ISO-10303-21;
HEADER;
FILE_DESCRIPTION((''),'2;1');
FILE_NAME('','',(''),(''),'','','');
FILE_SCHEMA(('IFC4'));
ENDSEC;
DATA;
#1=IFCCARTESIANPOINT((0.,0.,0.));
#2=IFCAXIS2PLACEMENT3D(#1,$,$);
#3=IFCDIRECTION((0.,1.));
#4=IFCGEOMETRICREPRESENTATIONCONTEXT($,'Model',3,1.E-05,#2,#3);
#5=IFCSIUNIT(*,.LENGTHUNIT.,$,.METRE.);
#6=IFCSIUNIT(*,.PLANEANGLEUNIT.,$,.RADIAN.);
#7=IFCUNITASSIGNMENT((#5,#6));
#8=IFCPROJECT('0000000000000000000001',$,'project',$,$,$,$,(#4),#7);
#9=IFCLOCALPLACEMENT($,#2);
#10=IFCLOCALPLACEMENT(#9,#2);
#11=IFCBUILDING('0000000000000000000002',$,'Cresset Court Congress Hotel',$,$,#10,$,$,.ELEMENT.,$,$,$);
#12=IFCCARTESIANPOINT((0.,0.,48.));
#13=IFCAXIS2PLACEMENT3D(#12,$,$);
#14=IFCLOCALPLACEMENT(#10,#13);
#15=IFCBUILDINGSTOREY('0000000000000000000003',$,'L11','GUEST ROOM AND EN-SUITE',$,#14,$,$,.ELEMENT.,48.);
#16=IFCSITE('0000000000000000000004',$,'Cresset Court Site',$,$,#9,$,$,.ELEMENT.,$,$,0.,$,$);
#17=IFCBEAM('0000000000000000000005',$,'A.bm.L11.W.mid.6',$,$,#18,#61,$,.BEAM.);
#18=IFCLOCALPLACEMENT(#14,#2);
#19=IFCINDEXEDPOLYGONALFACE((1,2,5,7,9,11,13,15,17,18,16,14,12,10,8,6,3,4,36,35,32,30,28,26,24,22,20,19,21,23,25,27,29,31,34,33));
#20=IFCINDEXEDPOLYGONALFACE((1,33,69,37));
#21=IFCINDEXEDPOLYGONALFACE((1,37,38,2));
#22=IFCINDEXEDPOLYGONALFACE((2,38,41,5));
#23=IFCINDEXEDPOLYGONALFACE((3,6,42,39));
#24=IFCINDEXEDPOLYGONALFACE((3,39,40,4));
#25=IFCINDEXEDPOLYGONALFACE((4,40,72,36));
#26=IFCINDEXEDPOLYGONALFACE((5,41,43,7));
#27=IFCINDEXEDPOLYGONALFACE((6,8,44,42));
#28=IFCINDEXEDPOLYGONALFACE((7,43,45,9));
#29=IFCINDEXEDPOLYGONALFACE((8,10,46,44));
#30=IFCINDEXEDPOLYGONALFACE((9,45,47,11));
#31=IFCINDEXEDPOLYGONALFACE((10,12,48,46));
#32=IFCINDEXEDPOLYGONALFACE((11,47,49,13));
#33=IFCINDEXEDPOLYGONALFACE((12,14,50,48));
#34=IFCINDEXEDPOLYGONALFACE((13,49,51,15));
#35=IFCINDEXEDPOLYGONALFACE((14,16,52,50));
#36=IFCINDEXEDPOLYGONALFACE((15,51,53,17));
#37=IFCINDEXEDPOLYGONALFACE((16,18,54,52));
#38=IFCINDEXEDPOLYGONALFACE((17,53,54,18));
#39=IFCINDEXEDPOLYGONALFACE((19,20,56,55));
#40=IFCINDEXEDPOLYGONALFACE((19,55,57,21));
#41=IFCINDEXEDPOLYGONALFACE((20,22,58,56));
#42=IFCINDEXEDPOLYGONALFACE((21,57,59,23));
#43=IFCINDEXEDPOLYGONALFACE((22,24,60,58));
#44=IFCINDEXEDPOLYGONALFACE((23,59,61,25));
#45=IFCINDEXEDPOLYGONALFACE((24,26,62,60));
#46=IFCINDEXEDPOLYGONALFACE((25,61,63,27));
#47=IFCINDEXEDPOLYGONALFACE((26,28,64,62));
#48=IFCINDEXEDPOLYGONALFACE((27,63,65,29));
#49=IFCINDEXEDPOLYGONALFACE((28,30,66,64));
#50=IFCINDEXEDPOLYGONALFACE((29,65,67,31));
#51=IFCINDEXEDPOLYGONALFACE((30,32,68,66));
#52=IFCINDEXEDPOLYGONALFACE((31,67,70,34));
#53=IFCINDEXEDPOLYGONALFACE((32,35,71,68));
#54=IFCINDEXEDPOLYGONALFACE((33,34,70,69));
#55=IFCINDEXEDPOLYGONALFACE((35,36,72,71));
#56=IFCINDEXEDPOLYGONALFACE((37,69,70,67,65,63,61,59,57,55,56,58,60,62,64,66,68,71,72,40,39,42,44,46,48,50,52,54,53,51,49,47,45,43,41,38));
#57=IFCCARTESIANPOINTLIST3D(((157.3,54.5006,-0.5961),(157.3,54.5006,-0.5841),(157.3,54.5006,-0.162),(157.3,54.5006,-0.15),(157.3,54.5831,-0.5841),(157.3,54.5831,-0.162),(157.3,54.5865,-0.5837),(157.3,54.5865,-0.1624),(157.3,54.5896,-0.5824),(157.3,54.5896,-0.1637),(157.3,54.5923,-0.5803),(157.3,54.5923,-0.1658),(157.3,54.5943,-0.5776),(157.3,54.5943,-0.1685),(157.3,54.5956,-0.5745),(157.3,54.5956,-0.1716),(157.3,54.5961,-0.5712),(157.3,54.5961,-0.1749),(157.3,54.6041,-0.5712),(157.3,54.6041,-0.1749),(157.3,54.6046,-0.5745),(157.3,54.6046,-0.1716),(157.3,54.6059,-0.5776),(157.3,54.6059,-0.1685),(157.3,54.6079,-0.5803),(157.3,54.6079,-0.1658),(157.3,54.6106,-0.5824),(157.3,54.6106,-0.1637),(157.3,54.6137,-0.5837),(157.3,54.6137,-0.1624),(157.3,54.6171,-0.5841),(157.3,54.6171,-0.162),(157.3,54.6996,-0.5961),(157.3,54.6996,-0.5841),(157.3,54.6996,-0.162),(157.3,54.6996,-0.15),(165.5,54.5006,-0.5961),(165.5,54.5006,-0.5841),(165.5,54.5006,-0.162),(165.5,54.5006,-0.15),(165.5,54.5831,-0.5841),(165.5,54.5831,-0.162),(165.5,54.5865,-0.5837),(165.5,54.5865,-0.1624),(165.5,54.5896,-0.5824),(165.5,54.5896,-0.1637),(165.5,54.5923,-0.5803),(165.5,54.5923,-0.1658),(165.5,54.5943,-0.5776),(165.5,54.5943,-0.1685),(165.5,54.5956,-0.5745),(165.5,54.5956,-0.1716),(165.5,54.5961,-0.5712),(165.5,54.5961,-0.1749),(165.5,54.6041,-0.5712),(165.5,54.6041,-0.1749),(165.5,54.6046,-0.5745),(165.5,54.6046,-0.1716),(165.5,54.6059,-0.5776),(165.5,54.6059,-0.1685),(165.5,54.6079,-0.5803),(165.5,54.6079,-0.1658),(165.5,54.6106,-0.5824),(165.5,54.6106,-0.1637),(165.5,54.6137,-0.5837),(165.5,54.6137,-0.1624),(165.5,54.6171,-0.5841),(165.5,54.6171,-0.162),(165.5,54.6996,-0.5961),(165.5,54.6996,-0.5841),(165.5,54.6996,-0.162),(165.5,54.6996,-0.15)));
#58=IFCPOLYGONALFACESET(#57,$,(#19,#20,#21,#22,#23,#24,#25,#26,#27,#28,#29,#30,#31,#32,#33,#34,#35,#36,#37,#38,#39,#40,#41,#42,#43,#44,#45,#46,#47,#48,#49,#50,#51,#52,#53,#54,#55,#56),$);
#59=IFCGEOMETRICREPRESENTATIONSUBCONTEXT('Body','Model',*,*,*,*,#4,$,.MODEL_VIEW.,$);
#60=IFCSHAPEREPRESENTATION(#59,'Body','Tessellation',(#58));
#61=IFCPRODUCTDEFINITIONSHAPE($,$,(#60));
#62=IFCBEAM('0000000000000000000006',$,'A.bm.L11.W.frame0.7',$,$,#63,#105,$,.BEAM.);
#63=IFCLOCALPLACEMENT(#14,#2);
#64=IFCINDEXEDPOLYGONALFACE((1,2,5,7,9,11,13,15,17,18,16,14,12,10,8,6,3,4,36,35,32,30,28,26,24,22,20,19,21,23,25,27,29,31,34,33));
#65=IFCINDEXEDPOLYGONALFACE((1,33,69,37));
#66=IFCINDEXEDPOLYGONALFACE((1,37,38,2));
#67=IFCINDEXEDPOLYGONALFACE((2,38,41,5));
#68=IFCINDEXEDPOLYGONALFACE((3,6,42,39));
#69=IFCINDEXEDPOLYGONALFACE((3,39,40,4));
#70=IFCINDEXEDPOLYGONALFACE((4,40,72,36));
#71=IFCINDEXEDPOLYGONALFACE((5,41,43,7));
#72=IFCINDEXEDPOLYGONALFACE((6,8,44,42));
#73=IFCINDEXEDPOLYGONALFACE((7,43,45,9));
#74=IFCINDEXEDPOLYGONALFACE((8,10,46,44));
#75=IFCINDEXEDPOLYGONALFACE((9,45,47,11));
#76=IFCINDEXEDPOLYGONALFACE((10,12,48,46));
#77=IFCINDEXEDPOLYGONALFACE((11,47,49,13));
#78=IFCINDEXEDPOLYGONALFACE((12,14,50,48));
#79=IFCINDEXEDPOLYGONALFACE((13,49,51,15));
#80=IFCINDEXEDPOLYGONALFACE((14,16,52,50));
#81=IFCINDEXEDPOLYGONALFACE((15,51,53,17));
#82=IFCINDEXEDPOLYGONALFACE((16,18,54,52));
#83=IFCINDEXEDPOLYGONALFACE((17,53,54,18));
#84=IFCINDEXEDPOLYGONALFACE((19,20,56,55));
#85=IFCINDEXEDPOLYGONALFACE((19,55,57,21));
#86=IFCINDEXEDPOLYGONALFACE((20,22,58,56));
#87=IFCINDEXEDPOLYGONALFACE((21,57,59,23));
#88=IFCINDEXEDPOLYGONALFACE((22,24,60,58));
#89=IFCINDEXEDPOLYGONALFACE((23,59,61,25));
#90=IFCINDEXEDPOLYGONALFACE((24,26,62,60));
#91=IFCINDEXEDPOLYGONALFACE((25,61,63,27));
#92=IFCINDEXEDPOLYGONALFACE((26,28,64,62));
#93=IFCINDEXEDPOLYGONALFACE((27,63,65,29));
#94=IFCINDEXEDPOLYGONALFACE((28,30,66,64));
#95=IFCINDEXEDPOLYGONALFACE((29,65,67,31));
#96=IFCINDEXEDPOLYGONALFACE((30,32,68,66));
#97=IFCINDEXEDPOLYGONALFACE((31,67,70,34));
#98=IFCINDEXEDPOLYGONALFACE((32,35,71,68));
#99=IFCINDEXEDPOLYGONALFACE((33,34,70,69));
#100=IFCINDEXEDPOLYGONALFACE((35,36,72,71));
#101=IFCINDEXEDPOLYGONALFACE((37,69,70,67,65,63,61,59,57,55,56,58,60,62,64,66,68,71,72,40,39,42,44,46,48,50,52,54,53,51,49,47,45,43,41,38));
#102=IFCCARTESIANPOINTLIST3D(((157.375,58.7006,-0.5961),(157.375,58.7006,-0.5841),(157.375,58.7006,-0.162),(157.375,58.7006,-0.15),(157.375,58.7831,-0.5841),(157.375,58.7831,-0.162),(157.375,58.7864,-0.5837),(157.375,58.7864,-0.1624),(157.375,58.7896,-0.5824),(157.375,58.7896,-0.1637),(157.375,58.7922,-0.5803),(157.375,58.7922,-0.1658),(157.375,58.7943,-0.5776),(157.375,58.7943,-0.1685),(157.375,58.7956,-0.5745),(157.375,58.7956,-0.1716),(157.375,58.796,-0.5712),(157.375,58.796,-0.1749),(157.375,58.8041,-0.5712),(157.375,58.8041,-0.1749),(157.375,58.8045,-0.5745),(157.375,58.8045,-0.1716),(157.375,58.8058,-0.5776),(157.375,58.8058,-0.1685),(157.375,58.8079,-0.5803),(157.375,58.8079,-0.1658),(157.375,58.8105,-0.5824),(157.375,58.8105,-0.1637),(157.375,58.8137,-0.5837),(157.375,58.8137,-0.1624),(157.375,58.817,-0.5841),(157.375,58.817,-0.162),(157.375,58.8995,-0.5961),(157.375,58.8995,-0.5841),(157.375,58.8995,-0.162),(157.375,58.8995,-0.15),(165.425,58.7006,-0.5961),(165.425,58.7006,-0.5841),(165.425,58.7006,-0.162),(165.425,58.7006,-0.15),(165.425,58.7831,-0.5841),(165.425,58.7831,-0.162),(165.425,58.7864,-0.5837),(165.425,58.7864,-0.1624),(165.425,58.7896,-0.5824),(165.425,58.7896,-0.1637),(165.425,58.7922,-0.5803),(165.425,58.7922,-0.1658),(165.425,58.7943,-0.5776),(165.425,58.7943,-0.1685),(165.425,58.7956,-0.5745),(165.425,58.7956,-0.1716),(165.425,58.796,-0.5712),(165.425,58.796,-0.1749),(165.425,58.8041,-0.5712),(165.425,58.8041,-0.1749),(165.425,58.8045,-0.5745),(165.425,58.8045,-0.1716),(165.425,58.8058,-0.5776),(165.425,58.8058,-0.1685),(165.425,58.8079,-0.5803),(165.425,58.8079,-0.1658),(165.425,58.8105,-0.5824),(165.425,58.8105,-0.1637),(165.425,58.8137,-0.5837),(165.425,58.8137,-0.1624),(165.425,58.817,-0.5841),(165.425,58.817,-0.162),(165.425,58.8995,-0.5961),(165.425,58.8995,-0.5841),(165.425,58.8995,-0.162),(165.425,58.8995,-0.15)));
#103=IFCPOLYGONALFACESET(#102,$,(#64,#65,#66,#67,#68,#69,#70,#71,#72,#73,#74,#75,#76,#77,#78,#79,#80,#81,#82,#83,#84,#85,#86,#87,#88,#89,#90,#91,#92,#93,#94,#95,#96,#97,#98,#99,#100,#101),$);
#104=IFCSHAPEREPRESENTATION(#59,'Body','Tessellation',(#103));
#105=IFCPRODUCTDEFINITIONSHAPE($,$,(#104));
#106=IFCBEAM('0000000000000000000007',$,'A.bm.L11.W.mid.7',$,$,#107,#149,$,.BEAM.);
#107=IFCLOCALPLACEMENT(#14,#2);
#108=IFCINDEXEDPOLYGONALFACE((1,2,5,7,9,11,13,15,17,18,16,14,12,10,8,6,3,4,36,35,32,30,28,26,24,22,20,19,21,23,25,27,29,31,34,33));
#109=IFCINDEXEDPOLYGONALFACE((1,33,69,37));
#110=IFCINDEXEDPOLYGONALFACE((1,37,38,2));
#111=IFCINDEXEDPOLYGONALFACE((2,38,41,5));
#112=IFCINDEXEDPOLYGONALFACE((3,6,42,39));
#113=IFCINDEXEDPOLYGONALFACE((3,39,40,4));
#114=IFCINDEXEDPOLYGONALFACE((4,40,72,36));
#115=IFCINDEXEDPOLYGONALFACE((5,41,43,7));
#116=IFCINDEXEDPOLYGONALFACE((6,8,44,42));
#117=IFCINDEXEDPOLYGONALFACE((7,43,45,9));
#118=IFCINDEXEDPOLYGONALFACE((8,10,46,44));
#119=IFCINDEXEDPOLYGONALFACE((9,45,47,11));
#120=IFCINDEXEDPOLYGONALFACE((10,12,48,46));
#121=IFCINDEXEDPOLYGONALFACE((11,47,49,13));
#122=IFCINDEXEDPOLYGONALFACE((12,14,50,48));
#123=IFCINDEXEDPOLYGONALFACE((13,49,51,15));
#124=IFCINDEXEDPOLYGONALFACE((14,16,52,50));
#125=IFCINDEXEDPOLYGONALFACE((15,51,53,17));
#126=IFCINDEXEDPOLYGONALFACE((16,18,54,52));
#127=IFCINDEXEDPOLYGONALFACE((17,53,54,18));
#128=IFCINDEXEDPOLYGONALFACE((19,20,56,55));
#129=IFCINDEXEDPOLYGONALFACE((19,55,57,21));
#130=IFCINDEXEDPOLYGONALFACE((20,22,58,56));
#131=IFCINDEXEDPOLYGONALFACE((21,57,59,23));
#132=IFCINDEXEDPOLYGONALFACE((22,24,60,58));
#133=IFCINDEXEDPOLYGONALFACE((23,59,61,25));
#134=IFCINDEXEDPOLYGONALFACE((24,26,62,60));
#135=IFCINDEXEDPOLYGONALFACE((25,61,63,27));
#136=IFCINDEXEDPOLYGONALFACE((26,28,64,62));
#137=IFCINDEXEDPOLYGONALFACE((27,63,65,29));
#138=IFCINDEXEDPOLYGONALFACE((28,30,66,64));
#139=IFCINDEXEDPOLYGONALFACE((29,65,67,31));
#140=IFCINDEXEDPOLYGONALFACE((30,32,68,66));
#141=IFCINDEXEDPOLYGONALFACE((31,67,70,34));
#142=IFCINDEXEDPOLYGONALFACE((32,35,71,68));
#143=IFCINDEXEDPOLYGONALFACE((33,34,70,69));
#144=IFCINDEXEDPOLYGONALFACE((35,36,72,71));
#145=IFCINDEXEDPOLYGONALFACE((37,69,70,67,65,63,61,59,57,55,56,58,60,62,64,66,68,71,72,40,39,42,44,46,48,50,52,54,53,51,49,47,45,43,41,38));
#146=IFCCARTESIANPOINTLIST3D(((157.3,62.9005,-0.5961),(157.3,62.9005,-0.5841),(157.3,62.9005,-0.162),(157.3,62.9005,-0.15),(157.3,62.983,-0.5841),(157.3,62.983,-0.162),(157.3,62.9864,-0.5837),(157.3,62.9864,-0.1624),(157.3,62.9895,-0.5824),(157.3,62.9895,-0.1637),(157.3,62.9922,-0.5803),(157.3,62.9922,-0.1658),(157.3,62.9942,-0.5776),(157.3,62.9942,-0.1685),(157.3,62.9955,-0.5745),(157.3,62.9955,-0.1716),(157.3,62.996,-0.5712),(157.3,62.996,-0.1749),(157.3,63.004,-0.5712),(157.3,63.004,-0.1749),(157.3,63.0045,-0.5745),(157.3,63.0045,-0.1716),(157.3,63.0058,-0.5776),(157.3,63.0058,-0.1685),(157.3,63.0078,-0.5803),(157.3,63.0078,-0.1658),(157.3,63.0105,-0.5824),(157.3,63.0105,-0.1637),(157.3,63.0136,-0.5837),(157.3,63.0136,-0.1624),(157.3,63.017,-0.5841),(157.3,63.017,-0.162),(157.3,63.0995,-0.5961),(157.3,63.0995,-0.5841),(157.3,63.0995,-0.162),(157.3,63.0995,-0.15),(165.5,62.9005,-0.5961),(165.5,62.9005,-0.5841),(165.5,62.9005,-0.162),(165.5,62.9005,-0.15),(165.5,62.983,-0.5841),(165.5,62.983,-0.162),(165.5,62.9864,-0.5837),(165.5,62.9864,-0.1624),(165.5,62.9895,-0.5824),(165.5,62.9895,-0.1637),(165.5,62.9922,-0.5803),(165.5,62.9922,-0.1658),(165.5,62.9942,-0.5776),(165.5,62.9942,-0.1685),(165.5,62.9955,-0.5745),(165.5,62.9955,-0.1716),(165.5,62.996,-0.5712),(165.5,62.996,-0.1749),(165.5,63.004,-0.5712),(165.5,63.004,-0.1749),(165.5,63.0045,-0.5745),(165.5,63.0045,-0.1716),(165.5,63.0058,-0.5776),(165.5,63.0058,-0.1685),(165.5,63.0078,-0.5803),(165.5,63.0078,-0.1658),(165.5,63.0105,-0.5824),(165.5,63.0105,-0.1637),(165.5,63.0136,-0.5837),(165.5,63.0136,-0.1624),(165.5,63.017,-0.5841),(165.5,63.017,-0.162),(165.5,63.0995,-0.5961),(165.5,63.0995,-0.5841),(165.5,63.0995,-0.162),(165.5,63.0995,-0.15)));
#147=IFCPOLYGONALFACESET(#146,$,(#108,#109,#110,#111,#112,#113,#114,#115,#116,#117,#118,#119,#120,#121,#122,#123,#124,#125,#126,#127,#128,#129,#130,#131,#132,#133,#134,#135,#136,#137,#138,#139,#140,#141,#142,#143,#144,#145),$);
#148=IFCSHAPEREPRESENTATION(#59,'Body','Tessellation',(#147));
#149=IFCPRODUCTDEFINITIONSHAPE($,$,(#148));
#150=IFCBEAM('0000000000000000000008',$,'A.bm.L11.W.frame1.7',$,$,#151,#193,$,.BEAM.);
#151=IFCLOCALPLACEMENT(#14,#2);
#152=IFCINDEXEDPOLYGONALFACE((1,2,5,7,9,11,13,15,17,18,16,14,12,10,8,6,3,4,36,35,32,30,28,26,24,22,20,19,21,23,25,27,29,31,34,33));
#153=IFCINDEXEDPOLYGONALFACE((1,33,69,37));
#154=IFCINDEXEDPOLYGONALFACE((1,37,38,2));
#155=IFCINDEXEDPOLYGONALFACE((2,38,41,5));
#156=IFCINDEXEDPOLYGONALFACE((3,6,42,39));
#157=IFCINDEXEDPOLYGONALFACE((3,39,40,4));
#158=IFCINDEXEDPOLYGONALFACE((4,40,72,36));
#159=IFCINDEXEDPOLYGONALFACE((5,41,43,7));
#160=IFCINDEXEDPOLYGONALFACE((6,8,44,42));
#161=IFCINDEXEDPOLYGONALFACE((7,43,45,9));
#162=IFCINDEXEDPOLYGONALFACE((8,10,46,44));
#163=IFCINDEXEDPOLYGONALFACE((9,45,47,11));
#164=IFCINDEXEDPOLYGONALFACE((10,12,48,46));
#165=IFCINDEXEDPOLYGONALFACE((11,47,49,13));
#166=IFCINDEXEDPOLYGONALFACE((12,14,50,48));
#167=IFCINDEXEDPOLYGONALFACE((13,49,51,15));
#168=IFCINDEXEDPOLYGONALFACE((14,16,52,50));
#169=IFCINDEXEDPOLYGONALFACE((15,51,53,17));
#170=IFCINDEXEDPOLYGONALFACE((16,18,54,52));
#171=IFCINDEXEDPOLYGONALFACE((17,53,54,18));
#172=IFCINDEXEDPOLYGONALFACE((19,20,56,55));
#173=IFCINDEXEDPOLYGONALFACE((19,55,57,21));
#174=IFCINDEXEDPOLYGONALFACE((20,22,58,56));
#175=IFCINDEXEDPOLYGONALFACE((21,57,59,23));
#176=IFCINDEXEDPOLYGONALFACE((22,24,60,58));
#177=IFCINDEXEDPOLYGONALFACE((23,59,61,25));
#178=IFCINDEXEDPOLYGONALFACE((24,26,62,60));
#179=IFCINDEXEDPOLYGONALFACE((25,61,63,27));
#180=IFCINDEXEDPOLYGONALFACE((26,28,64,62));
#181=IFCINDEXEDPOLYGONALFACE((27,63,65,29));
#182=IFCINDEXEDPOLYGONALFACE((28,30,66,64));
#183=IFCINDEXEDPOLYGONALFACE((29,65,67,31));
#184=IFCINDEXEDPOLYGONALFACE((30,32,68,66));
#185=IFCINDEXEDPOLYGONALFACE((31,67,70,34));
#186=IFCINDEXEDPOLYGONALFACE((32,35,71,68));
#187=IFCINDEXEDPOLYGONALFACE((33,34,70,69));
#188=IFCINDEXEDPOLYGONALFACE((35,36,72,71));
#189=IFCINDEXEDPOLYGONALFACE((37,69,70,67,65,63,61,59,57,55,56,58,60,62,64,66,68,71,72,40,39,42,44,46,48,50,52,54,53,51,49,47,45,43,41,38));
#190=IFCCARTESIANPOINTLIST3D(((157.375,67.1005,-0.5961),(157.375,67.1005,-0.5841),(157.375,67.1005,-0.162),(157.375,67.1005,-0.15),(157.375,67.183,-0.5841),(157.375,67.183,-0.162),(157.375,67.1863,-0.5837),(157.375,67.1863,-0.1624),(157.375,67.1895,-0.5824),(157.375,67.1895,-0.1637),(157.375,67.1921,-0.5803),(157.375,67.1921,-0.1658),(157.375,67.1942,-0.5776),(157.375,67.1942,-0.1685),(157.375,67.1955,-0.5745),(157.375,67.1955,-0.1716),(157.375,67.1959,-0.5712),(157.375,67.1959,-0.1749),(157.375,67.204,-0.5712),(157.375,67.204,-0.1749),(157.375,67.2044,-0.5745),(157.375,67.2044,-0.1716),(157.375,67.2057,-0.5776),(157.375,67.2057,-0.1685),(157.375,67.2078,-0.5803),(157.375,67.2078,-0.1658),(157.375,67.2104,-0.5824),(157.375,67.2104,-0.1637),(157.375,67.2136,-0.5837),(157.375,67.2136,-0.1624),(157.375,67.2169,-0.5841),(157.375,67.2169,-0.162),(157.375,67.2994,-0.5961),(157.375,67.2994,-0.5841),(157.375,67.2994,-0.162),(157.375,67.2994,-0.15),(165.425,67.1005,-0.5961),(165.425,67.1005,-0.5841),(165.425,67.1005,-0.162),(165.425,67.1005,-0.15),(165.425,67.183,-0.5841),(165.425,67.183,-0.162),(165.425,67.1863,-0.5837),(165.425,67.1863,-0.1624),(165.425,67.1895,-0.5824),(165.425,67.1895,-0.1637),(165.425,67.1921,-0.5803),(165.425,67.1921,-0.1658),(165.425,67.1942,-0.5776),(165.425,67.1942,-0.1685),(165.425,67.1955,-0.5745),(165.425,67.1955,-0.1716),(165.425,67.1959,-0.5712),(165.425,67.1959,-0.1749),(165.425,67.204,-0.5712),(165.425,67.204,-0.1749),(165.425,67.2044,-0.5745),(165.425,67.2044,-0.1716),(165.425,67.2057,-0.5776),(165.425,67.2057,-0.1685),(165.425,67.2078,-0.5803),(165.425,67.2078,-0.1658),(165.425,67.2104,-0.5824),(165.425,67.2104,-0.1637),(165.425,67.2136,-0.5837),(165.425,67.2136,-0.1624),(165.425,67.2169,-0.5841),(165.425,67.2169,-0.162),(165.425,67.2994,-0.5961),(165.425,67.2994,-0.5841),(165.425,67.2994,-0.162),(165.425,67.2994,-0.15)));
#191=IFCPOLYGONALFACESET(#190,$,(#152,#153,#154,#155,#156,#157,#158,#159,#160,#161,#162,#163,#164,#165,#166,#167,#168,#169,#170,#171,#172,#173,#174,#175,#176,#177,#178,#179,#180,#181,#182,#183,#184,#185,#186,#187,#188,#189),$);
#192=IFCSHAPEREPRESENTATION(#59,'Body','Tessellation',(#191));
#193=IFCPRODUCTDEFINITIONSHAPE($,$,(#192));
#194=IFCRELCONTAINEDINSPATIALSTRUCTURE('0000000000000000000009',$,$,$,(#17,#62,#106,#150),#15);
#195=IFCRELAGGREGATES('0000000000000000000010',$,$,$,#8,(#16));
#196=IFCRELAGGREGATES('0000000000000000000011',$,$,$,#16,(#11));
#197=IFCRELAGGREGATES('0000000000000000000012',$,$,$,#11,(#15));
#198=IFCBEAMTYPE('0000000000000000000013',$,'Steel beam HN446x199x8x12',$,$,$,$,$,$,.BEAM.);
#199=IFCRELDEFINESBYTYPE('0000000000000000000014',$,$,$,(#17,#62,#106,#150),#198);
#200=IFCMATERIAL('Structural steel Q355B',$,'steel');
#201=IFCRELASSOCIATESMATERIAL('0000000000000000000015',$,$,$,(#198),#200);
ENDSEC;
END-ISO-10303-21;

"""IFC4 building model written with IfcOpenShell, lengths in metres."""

from ifc_helpers import new_model, si_unit, direction, frame, origin, origin_2d, place, context, subcontext, project, spatial, i_section, extrude, material, material_profile, profile_set, type_object, element, save


model = new_model("IFC4")

# Units and contexts
model_context = context("Model", 3, precision=1e-05, world=origin(), true_north=direction((0.0, 1.0)))
body_context = subcontext(model_context, "Body", "Model", "MODEL_VIEW")
ifc_project = project(units=[si_unit("LENGTHUNIT", "METRE"), si_unit("PLANEANGLEUNIT", "RADIAN")], contexts=[model_context])

# Site, building, storey
site_placement = place(None, origin())
site = spatial("IfcSite", under=ifc_project, at=site_placement, Name="Cresset Court Site", CompositionType="ELEMENT", RefElevation=0.0)
building_placement = place(site_placement, origin())
building = spatial("IfcBuilding", under=site, at=building_placement, Name="Cresset Court Congress Hotel", CompositionType="ELEMENT")
storey_placement = place(building_placement, frame((0.0, 0.0, 48.0)))
storey = spatial("IfcBuildingStorey", under=building, at=storey_placement, Name="L11", Description="GUEST ROOM AND EN-SUITE", CompositionType="ELEMENT", Elevation=48.0)

# Beams
ifc_material_1 = material(Name="Structural steel Q355B", Category="steel")
ifc_material_profile_1 = material_profile(ifc_material_1, i_section(OverallWidth=0.199, OverallDepth=0.446, WebThickness=0.0081, FlangeThickness=0.012, FilletRadius=0.0129, at=origin_2d()), Name="HN446x199x8x12")
ifc_profile_set_1 = profile_set([ifc_material_profile_1], Name="Structural steel Q355B")
beam_type_1 = type_object("IfcBeamType", Name="Steel beam HN446x199x8x12", PredefinedType="BEAM", material=ifc_profile_set_1)
beam_1_placement = place(storey_placement, frame((157.3, 54.6001, -0.373), z_axis=(1.0, 0.0, 0.0), x_axis=(0.0, 1.0, 0.0)))
element("IfcBeam", 1, at=beam_1_placement, inside=storey, type_object=beam_type_1, Name="A.bm.L11.W.mid.6", PredefinedType="BEAM", context=body_context, shape_type="SweptSolid", body=[
    extrude(i_section(OverallWidth=0.199, OverallDepth=0.446, WebThickness=0.0081, FlangeThickness=0.012, FilletRadius=0.0129, at=origin_2d()), origin(), (0.0, 0.0, 1.0), 8.2),
])
beam_2_placement = place(storey_placement, frame((157.375, 58.8, -0.373), z_axis=(1.0, 0.0, 0.0), x_axis=(0.0, 1.0, 0.0)))
element("IfcBeam", 2, at=beam_2_placement, inside=storey, type_object=beam_type_1, Name="A.bm.L11.W.frame0.7", PredefinedType="BEAM", context=body_context, shape_type="SweptSolid", body=[
    extrude(i_section(OverallWidth=0.199, OverallDepth=0.446, WebThickness=0.0081, FlangeThickness=0.012, FilletRadius=0.0129, at=origin_2d()), origin(), (0.0, 0.0, 1.0), 8.05),
])
beam_3_placement = place(storey_placement, frame((157.3, 63.0, -0.373), z_axis=(1.0, 0.0, 0.0), x_axis=(0.0, 1.0, 0.0)))
element("IfcBeam", 3, at=beam_3_placement, inside=storey, type_object=beam_type_1, Name="A.bm.L11.W.mid.7", PredefinedType="BEAM", context=body_context, shape_type="SweptSolid", body=[
    extrude(i_section(OverallWidth=0.199, OverallDepth=0.446, WebThickness=0.0081, FlangeThickness=0.012, FilletRadius=0.0129, at=origin_2d()), origin(), (0.0, 0.0, 1.0), 8.2),
])
beam_4_placement = place(storey_placement, frame((157.375, 67.2, -0.373), z_axis=(1.0, 0.0, 0.0), x_axis=(0.0, 1.0, 0.0)))
element("IfcBeam", 4, at=beam_4_placement, inside=storey, type_object=beam_type_1, Name="A.bm.L11.W.frame1.7", PredefinedType="BEAM", context=body_context, shape_type="SweptSolid", body=[
    extrude(i_section(OverallWidth=0.199, OverallDepth=0.446, WebThickness=0.0081, FlangeThickness=0.012, FilletRadius=0.0129, at=origin_2d()), origin(), (0.0, 0.0, 1.0), 8.05),
])

save(model, "model.ifc")
